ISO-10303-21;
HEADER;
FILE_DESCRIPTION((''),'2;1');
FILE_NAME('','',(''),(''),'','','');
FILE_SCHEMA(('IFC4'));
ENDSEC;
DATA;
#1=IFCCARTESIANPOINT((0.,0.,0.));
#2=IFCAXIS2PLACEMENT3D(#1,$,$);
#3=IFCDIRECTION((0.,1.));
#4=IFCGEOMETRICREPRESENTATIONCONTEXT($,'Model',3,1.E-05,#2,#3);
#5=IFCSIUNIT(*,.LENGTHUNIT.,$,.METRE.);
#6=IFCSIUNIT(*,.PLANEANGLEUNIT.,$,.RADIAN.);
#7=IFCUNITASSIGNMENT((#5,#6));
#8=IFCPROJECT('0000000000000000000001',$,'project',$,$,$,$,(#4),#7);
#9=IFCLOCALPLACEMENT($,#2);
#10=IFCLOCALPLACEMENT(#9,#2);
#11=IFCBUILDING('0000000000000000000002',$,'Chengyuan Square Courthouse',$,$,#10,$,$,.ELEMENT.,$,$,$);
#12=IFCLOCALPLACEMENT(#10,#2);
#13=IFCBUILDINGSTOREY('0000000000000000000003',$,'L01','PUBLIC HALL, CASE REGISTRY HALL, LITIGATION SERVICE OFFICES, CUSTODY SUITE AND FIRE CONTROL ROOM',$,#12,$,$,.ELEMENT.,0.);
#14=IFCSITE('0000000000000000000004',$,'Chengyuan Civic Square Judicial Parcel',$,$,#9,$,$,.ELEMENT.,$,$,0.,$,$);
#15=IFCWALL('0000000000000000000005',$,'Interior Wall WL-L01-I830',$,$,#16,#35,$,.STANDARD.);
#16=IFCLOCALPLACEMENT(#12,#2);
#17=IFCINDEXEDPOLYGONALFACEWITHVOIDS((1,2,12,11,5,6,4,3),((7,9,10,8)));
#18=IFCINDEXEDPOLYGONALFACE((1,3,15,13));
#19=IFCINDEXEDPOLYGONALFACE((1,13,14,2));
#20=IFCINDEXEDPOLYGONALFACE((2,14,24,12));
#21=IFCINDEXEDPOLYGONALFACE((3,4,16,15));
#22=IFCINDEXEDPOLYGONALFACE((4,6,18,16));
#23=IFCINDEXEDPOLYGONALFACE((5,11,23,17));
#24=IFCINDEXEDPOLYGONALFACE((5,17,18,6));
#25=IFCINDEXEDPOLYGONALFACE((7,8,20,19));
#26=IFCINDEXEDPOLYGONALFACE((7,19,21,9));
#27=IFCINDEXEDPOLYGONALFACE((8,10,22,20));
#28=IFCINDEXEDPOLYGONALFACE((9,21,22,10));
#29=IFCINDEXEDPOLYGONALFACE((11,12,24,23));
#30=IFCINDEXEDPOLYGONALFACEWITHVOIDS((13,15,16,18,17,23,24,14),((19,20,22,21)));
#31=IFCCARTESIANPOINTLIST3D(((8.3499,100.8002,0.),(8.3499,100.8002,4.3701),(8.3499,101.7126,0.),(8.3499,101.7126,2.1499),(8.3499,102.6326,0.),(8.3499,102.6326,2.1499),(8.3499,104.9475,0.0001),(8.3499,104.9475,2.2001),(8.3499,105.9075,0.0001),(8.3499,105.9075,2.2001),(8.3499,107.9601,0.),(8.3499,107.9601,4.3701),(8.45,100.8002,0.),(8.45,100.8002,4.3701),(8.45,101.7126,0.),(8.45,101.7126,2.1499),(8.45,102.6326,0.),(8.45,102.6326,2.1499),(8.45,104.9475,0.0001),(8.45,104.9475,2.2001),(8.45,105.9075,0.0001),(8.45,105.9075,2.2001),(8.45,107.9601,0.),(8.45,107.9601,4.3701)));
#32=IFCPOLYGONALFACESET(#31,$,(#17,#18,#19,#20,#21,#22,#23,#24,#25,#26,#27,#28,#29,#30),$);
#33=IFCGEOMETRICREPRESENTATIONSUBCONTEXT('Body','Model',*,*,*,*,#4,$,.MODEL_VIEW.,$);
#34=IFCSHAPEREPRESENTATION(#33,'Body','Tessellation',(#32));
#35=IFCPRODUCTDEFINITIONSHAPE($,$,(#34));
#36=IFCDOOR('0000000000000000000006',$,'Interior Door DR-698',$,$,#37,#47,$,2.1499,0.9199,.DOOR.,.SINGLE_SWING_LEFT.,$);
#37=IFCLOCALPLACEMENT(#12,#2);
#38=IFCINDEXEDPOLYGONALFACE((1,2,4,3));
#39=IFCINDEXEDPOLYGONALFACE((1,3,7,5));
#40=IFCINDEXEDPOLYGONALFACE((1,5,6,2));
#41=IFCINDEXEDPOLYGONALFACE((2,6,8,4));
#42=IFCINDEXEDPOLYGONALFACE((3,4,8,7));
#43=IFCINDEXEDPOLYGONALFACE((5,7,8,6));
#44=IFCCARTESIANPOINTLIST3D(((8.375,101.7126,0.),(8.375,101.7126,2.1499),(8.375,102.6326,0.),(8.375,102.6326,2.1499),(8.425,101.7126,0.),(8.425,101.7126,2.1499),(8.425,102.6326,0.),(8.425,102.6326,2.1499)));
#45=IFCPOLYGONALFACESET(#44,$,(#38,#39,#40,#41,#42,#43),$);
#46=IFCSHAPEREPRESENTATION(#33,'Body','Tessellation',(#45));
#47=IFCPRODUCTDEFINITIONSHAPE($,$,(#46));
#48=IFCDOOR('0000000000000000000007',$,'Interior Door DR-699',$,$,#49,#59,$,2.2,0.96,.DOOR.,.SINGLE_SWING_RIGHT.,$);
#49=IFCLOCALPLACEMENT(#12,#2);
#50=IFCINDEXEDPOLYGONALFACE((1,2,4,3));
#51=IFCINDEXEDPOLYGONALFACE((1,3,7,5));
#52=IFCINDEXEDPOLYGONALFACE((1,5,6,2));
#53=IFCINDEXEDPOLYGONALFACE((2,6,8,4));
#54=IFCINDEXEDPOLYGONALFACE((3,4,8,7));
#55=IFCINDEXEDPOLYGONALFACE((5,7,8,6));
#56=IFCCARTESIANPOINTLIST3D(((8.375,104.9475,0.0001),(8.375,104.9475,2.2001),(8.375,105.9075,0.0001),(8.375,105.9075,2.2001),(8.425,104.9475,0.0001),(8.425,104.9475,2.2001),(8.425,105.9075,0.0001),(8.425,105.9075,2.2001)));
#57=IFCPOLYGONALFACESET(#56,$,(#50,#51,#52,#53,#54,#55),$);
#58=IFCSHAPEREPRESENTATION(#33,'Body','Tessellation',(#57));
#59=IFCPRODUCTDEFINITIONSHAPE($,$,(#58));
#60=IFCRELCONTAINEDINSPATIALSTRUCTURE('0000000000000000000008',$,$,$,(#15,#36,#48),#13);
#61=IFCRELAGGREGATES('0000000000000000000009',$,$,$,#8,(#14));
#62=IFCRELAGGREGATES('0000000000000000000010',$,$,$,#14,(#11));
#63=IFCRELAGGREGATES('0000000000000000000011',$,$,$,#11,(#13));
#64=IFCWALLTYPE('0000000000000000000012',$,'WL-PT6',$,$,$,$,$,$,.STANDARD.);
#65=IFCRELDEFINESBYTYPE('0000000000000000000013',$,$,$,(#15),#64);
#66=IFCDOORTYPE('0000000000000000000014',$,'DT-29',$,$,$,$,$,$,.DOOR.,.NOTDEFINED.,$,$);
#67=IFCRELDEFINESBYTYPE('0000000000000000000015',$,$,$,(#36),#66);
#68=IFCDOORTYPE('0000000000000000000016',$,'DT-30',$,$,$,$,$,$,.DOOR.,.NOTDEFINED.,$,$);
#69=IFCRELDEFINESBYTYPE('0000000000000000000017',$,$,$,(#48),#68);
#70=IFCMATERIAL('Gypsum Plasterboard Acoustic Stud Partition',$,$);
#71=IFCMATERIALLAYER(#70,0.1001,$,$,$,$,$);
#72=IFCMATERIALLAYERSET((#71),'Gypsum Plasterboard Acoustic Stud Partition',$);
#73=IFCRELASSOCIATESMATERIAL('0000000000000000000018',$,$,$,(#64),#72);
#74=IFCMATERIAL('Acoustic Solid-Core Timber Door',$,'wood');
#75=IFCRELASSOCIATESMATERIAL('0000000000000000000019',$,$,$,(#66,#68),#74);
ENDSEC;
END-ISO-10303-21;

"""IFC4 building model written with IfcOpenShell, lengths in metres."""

from ifc_helpers import new_model, si_unit, direction, frame, frame_2d, origin, place, context, subcontext, project, spatial, rectangle, extrude, material, layer, layer_set, type_object, element, fill, save


model = new_model("IFC4")

# Units and contexts
model_context = context("Model", 3, precision=1e-05, world=origin(), true_north=direction((0.0, 1.0)))
body_context = subcontext(model_context, "Body", "Model", "MODEL_VIEW")
ifc_project = project(units=[si_unit("LENGTHUNIT", "METRE"), si_unit("PLANEANGLEUNIT", "RADIAN")], contexts=[model_context])

# Site, building, storey
site_placement = place(None, origin())
site = spatial("IfcSite", under=ifc_project, at=site_placement, Name="Chengyuan Civic Square Judicial Parcel", CompositionType="ELEMENT", RefElevation=0.0)
building_placement = place(site_placement, origin())
building = spatial("IfcBuilding", under=site, at=building_placement, Name="Chengyuan Square Courthouse", CompositionType="ELEMENT")
storey_placement = place(building_placement, origin())
storey = spatial("IfcBuildingStorey", under=building, at=storey_placement, Name="L01", Description="PUBLIC HALL, CASE REGISTRY HALL, LITIGATION SERVICE OFFICES, CUSTODY SUITE AND FIRE CONTROL ROOM", CompositionType="ELEMENT", Elevation=0.0)

# Shared definitions
ifc_material_1 = material(Name="Acoustic Solid-Core Timber Door", Category="wood")

# Wall, openings, doors
ifc_material_2 = material(Name="Gypsum Plasterboard Acoustic Stud Partition")
ifc_layer_1 = layer(ifc_material_2, 0.1001)
ifc_layer_set_1 = layer_set([ifc_layer_1], Name="Gypsum Plasterboard Acoustic Stud Partition")
wall_type_1 = type_object("IfcWallType", Name="WL-PT6", PredefinedType="STANDARD", material=ifc_layer_set_1)
wall_1_placement = place(storey_placement, frame((8.3999, 100.8, 0.0), z_axis=(0.0, 0.0, 1.0), x_axis=(0.0, 1.0, 0.0)))
wall_1 = element("IfcWall", 1, at=wall_1_placement, inside=storey, type_object=wall_type_1, Name="Interior Wall WL-L01-I830", PredefinedType="STANDARD", context=body_context, shape_type="SweptSolid", body=[
    extrude(rectangle(XDim=7.1599, YDim=0.1001, at=frame_2d((3.5801, 0.0))), origin(), (0.0, 0.0, 1.0), 4.3701),
])
opening_1_placement = place(wall_1_placement, frame((0.9126, 0.0, 0.0)))
opening_1 = element("IfcOpeningElement", 2, at=opening_1_placement, cuts=wall_1, PredefinedType="OPENING", context=body_context, shape_type="SweptSolid", body=[
    extrude(rectangle(XDim=0.9199, YDim=2.1499, at=frame_2d((0.46, 1.075))), frame((0.0, 0.062, 0.0), z_axis=(0.0, -1.0, 0.0), x_axis=(1.0, 0.0, 0.0)), (0.0, 0.0, 1.0), 0.124),
])
opening_2_placement = place(wall_1_placement, frame((4.1475, 0.0, 0.0)))
opening_2 = element("IfcOpeningElement", 3, at=opening_2_placement, cuts=wall_1, PredefinedType="OPENING", context=body_context, shape_type="SweptSolid", body=[
    extrude(rectangle(XDim=0.96, YDim=2.2, at=frame_2d((0.48, 1.1001))), frame((0.0, 0.062, 0.0), z_axis=(0.0, -1.0, 0.0), x_axis=(1.0, 0.0, 0.0)), (0.0, 0.0, 1.0), 0.124),
])
door_type_1 = type_object("IfcDoorType", Name="DT-29", OperationType="NOTDEFINED", PredefinedType="DOOR", material=ifc_material_1)
door_1_placement = place(opening_1_placement, origin())
door_1 = element("IfcDoor", 4, at=door_1_placement, inside=storey, type_object=door_type_1, Name="Interior Door DR-698", OperationType="SINGLE_SWING_LEFT", OverallHeight=2.1499, OverallWidth=0.9199, PredefinedType="DOOR", context=body_context, shape_type="SweptSolid", body=[
    extrude(rectangle(XDim=0.9199, YDim=2.1499, at=frame_2d((0.46, 1.075))), frame((0.0, 0.0249, 0.0), z_axis=(0.0, -1.0, 0.0), x_axis=(1.0, 0.0, 0.0)), (0.0, 0.0, 1.0), 0.05),
])
fill(opening_1, door_1)
door_type_2 = type_object("IfcDoorType", Name="DT-30", OperationType="NOTDEFINED", PredefinedType="DOOR", material=ifc_material_1)
door_2_placement = place(opening_2_placement, origin())
door_2 = element("IfcDoor", 5, at=door_2_placement, inside=storey, type_object=door_type_2, Name="Interior Door DR-699", OperationType="SINGLE_SWING_RIGHT", OverallHeight=2.2, OverallWidth=0.96, PredefinedType="DOOR", context=body_context, shape_type="SweptSolid", body=[
    extrude(rectangle(XDim=0.96, YDim=2.2, at=frame_2d((0.48, 1.1001))), frame((0.0, 0.0249, 0.0), z_axis=(0.0, -1.0, 0.0), x_axis=(1.0, 0.0, 0.0)), (0.0, 0.0, 1.0), 0.05),
])
fill(opening_2, door_2)

save(model, "model.ifc")
